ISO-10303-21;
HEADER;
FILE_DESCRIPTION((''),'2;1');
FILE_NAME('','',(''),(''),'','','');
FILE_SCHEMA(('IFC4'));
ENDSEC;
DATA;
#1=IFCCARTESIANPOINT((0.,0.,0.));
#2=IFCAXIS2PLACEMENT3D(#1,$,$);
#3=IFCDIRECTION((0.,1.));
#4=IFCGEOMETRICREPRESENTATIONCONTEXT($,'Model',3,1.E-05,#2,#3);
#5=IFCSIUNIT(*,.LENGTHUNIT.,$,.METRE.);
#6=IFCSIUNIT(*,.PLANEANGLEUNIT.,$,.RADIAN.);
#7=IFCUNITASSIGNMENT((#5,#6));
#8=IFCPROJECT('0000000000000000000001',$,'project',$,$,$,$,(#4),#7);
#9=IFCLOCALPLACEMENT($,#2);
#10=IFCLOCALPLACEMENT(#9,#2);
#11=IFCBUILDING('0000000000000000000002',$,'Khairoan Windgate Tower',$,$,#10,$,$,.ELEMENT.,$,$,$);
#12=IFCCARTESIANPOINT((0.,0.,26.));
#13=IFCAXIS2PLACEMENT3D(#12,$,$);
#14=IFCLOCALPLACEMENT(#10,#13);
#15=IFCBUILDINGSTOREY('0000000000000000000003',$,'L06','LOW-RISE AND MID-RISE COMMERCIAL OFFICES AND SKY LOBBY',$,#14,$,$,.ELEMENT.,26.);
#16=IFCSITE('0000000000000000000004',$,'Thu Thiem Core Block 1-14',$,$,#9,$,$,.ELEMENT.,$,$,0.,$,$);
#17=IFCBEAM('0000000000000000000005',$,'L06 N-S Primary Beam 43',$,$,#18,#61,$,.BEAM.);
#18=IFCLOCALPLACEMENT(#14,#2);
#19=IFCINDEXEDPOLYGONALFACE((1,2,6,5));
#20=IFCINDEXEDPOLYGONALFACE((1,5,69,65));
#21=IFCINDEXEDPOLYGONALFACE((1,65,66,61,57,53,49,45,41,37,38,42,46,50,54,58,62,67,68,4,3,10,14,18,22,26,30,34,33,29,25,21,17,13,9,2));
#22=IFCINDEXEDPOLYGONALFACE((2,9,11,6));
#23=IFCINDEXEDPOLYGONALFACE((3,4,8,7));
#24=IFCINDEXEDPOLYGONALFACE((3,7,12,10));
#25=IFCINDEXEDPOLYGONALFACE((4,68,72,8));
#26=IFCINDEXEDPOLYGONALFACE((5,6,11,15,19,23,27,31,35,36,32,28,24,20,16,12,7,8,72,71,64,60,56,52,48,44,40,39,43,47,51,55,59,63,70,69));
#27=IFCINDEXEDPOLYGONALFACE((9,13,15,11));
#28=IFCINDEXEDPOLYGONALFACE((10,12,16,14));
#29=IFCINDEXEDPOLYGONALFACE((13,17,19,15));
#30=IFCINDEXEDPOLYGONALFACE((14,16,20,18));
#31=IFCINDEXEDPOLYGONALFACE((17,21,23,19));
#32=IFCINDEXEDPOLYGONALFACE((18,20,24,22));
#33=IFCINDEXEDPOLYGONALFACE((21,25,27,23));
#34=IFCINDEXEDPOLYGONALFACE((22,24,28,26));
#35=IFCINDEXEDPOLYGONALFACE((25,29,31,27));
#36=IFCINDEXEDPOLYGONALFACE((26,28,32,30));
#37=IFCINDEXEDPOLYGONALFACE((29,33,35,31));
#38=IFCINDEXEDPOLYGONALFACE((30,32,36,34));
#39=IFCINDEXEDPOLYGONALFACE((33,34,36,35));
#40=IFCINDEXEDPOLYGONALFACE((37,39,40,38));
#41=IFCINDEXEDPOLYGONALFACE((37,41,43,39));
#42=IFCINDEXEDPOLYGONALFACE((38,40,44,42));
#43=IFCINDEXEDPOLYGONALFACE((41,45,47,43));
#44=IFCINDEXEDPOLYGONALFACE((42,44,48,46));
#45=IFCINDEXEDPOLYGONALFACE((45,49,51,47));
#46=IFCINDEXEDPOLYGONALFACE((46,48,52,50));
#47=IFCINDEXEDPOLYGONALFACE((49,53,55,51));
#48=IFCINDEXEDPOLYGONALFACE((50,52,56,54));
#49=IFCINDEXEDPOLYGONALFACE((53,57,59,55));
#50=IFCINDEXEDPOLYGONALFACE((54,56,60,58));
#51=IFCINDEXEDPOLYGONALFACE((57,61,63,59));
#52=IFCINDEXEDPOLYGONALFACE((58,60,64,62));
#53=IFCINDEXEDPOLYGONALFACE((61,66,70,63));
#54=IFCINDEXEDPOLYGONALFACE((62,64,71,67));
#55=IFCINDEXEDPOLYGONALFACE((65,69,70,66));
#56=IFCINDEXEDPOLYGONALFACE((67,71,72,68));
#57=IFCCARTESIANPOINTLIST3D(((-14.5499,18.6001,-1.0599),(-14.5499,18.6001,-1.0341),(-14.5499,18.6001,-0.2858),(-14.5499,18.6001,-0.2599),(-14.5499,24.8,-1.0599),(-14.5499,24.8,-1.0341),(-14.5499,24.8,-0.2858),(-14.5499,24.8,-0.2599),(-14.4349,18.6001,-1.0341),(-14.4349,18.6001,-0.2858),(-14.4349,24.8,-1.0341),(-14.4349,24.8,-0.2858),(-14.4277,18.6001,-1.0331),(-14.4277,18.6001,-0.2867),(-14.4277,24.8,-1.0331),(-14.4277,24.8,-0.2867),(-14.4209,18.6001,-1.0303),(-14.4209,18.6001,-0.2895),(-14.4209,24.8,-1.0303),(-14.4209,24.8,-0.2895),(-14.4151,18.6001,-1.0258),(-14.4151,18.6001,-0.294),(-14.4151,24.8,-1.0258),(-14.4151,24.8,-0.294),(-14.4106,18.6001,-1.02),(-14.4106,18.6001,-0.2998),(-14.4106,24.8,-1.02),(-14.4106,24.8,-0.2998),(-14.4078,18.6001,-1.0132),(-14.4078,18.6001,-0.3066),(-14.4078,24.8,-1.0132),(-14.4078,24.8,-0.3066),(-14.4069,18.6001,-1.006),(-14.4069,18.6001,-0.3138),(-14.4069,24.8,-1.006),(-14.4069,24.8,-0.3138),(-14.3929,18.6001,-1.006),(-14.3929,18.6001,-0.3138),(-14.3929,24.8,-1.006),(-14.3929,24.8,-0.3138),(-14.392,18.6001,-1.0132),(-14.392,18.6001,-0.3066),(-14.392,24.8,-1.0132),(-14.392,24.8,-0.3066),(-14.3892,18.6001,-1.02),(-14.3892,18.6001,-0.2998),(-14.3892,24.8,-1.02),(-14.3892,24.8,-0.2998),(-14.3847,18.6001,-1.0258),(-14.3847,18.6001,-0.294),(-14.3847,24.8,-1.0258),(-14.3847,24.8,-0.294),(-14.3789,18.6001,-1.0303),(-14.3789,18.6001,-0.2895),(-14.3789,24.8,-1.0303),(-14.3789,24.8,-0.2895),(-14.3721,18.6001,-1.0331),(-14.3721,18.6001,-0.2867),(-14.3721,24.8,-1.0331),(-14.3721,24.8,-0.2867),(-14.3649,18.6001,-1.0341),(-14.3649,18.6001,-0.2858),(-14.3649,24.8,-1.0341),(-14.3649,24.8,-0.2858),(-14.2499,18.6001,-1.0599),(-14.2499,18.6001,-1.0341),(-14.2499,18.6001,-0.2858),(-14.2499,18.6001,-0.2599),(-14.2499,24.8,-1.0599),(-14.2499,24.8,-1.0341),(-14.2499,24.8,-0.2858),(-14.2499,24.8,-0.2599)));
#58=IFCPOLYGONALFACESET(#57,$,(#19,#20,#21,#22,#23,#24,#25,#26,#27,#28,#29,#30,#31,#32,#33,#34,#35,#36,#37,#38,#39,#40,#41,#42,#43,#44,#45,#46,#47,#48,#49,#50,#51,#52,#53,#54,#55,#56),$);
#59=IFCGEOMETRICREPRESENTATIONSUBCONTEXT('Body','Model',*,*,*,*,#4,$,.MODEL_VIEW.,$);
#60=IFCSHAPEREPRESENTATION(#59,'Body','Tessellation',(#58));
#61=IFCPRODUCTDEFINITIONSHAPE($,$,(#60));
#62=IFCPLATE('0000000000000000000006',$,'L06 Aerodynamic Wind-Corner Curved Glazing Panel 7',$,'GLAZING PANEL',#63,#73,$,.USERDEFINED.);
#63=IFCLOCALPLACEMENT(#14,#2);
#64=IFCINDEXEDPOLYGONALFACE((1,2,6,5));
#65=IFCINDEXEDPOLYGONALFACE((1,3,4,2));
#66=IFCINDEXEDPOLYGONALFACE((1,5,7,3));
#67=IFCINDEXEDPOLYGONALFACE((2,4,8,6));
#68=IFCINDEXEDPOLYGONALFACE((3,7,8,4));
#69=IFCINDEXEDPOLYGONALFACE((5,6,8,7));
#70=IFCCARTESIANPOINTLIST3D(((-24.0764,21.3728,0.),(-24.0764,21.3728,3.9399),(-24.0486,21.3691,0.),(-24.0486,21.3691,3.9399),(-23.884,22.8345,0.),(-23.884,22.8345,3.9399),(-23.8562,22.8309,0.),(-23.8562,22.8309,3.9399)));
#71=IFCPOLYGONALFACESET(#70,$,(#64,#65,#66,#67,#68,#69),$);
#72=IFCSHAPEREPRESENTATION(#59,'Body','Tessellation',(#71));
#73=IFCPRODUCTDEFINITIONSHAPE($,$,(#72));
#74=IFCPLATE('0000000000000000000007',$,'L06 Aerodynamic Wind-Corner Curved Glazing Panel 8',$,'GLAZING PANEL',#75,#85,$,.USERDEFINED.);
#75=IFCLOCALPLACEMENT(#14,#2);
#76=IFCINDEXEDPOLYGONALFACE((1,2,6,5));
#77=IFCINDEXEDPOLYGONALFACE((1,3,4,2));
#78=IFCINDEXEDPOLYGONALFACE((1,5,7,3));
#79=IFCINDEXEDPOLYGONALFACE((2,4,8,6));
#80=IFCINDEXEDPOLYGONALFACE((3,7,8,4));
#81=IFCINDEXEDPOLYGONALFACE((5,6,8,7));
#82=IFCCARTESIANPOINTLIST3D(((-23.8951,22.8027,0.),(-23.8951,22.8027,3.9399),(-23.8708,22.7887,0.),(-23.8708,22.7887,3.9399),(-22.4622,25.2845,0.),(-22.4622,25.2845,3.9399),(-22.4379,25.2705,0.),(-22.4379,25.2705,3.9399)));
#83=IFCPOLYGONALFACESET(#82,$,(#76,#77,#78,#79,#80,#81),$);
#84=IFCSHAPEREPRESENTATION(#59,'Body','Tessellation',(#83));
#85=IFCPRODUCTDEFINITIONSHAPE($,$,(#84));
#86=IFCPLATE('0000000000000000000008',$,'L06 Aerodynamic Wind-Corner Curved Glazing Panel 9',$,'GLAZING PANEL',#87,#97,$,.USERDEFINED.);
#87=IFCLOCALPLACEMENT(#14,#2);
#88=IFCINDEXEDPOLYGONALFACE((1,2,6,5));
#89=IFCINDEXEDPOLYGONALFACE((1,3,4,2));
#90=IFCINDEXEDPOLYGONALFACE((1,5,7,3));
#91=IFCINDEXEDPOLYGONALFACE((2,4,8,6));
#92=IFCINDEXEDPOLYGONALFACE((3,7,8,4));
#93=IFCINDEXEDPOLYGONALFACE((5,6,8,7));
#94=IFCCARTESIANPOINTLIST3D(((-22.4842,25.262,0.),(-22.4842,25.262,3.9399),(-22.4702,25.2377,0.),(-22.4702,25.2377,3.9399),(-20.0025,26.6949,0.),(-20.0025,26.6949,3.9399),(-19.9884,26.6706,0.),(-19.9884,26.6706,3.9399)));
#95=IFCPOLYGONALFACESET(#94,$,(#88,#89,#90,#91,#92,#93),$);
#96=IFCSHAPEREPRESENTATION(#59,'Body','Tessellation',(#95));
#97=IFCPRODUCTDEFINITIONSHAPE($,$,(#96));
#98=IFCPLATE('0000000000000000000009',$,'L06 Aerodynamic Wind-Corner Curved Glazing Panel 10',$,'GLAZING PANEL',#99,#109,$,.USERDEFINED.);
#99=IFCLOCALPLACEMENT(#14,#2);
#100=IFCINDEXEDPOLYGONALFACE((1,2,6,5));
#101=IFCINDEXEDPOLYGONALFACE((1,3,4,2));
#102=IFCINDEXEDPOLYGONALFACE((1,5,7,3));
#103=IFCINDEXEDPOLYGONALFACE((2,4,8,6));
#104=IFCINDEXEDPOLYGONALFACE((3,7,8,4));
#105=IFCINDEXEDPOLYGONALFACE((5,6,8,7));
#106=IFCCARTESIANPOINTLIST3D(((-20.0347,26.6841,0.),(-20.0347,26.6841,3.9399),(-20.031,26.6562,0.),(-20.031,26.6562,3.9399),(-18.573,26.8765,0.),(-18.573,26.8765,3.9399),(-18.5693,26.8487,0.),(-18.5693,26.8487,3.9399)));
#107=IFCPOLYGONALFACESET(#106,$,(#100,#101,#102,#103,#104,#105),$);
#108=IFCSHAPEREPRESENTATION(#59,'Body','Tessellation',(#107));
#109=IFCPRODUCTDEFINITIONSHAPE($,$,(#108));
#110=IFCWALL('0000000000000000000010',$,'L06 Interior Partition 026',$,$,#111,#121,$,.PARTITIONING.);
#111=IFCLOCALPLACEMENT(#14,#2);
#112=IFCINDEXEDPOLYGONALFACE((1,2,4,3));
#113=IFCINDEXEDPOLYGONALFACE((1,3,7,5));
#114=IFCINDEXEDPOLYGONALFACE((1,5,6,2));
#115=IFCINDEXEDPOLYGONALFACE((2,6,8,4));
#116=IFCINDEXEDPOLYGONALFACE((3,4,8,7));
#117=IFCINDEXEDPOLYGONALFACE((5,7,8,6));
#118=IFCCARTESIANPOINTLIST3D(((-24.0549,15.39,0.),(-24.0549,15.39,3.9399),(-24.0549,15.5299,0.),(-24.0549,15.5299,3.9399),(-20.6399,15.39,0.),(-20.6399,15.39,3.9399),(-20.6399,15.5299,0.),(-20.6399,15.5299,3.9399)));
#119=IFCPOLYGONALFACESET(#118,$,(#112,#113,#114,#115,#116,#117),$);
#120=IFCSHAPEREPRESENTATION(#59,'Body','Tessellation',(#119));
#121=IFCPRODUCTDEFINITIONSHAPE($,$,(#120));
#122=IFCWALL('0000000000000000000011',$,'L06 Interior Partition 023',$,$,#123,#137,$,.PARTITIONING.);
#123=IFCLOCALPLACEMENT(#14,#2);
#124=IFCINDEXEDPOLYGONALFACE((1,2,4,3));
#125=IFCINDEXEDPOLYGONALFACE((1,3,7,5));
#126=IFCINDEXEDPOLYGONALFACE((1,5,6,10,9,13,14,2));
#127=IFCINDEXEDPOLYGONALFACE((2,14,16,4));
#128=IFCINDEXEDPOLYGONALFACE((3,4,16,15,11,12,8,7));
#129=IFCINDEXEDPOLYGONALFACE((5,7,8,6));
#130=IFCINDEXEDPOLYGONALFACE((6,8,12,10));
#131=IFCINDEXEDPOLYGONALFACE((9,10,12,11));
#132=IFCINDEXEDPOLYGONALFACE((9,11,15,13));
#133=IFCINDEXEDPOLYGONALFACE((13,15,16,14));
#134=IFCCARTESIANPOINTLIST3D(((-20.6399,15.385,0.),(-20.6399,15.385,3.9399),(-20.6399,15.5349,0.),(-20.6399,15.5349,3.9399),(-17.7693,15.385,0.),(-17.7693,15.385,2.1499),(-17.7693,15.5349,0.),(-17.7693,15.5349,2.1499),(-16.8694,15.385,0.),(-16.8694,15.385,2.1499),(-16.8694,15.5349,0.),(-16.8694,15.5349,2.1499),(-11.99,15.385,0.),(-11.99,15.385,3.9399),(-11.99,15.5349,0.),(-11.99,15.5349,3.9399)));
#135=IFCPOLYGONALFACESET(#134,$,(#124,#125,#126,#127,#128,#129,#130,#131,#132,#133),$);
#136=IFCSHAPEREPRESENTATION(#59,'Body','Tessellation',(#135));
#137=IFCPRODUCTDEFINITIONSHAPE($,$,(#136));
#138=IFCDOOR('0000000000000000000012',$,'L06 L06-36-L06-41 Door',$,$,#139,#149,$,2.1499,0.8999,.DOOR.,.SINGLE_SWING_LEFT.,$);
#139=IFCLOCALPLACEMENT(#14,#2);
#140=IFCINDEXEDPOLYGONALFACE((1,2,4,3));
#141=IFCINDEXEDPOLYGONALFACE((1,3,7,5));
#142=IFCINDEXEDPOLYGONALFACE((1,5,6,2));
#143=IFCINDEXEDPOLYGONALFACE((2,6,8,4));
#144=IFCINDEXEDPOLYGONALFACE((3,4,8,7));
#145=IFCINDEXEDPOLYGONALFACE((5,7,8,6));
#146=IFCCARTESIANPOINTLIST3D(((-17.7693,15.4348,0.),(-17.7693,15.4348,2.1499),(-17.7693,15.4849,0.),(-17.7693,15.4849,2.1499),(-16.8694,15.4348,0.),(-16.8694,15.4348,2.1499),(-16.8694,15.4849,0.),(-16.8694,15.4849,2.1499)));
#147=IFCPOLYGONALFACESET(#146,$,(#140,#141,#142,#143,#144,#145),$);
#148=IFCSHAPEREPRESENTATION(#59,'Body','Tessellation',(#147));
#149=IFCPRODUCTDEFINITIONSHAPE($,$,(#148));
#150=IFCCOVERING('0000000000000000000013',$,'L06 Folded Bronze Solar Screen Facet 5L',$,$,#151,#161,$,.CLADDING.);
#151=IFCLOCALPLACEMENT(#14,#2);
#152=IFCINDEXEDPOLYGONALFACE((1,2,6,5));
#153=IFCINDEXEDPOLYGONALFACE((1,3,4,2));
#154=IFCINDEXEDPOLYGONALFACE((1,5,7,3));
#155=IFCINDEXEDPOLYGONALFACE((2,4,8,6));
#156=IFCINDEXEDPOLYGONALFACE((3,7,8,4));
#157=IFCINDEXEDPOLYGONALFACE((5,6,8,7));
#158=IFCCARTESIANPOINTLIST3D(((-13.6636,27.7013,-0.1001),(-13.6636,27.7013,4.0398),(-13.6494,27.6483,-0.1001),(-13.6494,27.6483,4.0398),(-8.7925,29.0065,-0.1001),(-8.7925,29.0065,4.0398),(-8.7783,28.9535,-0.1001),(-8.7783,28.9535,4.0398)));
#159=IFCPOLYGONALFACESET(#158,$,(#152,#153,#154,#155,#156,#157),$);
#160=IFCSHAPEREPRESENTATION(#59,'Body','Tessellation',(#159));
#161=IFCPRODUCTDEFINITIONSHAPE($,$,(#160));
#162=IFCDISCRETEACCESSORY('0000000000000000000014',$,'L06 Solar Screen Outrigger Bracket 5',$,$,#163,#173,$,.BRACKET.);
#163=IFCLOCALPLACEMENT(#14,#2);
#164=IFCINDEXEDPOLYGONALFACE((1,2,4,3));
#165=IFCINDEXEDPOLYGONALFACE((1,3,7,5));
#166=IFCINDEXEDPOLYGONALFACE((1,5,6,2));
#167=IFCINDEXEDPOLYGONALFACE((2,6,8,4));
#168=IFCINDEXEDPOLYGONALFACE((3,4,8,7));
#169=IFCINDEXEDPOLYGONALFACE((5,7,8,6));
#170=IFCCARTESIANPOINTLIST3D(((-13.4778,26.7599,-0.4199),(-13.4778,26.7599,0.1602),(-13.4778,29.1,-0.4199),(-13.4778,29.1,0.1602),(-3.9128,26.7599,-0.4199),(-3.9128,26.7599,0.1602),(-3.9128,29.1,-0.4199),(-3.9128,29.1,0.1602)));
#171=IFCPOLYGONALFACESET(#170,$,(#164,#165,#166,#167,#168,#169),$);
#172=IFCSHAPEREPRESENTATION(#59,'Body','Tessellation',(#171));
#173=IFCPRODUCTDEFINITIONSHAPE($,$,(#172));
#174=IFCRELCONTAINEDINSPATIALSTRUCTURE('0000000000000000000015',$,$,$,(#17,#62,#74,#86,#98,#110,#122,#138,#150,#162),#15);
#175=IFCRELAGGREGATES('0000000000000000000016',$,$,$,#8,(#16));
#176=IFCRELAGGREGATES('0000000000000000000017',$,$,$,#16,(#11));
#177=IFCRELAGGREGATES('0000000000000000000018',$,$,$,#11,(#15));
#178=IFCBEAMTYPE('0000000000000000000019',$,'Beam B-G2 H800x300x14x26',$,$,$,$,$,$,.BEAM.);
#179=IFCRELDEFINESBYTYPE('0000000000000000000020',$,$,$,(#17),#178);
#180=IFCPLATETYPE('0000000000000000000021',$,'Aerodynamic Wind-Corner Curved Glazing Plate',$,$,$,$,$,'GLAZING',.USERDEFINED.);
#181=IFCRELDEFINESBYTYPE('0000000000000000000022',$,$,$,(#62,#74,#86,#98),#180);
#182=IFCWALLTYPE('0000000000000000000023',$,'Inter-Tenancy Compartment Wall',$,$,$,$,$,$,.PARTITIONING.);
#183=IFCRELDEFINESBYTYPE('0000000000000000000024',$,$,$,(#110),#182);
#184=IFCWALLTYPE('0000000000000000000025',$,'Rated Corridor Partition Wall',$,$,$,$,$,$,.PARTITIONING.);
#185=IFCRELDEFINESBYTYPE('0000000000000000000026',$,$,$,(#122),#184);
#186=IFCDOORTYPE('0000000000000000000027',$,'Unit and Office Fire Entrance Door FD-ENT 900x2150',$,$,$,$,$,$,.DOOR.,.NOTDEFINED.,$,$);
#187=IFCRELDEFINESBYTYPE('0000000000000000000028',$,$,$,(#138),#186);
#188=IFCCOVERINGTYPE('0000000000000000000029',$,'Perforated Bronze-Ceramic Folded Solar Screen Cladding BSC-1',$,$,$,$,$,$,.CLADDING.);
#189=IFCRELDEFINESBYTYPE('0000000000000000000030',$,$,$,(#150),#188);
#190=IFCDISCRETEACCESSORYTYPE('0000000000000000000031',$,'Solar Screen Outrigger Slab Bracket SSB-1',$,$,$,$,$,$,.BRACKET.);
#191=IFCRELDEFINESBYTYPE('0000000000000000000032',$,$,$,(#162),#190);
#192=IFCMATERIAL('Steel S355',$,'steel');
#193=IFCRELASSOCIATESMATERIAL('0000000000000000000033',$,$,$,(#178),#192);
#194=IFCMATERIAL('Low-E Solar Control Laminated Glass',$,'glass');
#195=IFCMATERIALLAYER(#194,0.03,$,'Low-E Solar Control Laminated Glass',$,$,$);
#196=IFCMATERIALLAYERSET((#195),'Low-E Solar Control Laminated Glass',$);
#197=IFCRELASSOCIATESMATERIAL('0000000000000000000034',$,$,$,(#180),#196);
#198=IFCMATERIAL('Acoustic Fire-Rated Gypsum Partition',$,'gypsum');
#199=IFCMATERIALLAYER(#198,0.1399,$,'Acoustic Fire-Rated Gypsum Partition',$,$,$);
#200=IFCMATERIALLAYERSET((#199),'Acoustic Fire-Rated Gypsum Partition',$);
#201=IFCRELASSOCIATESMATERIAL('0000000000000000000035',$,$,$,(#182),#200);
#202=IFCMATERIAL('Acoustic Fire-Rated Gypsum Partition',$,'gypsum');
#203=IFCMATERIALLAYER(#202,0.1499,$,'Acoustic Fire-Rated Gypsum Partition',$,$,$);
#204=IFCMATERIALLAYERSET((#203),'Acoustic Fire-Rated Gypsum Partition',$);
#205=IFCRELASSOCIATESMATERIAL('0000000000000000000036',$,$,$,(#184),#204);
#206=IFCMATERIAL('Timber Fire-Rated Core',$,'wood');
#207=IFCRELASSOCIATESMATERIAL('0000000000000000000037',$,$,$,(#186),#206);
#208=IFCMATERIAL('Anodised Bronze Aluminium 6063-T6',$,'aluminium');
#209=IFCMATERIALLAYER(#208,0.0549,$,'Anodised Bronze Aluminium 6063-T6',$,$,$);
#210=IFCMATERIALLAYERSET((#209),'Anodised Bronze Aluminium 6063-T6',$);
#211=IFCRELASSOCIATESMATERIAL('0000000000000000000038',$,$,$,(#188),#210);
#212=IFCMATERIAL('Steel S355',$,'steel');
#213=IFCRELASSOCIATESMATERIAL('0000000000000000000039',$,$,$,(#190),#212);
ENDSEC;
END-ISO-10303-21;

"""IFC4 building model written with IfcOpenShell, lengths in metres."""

from ifc_helpers import new_model, si_unit, direction, frame, frame_2d, origin, origin_2d, place, context, subcontext, project, spatial, rectangle, i_section, extrude, material, layer, layer_set, material_profile, profile_set, type_object, element, fill, save


model = new_model("IFC4")

# Units and contexts
model_context = context("Model", 3, precision=1e-05, world=origin(), true_north=direction((0.0, 1.0)))
body_context = subcontext(model_context, "Body", "Model", "MODEL_VIEW")
ifc_project = project(units=[si_unit("LENGTHUNIT", "METRE"), si_unit("PLANEANGLEUNIT", "RADIAN")], contexts=[model_context])

# Site, building, storey
site_placement = place(None, origin())
site = spatial("IfcSite", under=ifc_project, at=site_placement, Name="Thu Thiem Core Block 1-14", CompositionType="ELEMENT", RefElevation=0.0)
building_placement = place(site_placement, origin())
building = spatial("IfcBuilding", under=site, at=building_placement, Name="Khairoan Windgate Tower", CompositionType="ELEMENT")
storey_placement = place(building_placement, frame((0.0, 0.0, 26.0)))
storey = spatial("IfcBuildingStorey", under=building, at=storey_placement, Name="L06", Description="LOW-RISE AND MID-RISE COMMERCIAL OFFICES AND SKY LOBBY", CompositionType="ELEMENT", Elevation=26.0)

# Beam
ifc_material_1 = material(Name="Steel S355", Category="steel")
ifc_material_profile_1 = material_profile(ifc_material_1, i_section(OverallWidth=0.3, OverallDepth=0.8, WebThickness=0.0139, FlangeThickness=0.0259, FilletRadius=0.0281, at=origin_2d()))
ifc_profile_set_1 = profile_set([ifc_material_profile_1], Name="Steel S355")
beam_type = type_object("IfcBeamType", Name="Beam B-G2 H800x300x14x26", PredefinedType="BEAM", material=ifc_profile_set_1)
beam_1_placement = place(storey_placement, frame((-14.3999, 18.6001, -0.6599), z_axis=(0.0, 1.0, 0.0), x_axis=(-1.0, 0.0, 0.0)))
element("IfcBeam", 1, at=beam_1_placement, inside=storey, type_object=beam_type, Name="L06 N-S Primary Beam 43", PredefinedType="BEAM", context=body_context, shape_type="SweptSolid", body=[
    extrude(i_section(OverallWidth=0.3, OverallDepth=0.8, WebThickness=0.0139, FlangeThickness=0.0259, FilletRadius=0.0281, at=origin_2d()), origin(), (0.0, 0.0, 1.0), 6.2),
])

# Plates
ifc_material_2 = material(Name="Low-E Solar Control Laminated Glass", Category="glass")
ifc_layer_1 = layer(ifc_material_2, 0.03, Name="Low-E Solar Control Laminated Glass")
ifc_layer_set_1 = layer_set([ifc_layer_1], Name="Low-E Solar Control Laminated Glass")
plate_type_1 = type_object("IfcPlateType", Name="Aerodynamic Wind-Corner Curved Glazing Plate", ElementType="GLAZING", PredefinedType="USERDEFINED", material=ifc_layer_set_1)
plate_1_placement = place(storey_placement, frame((-23.9663, 22.1018, 0.0), z_axis=(0.0, 0.0, 1.0), x_axis=(0.130526, 0.991445, 0.0)))
element("IfcPlate", 2, at=plate_1_placement, inside=storey, type_object=plate_type_1, Name="L06 Aerodynamic Wind-Corner Curved Glazing Panel 7", ObjectType="GLAZING PANEL", PredefinedType="USERDEFINED", context=body_context, shape_type="SweptSolid", body=[
    extrude(rectangle(XDim=1.4744, YDim=0.0281, at=origin_2d()), origin(), (0.0, 0.0, 1.0), 3.9399),
])
for number, where, z_axis, x_axis, name in (
    (3, (-23.1665, 24.0366, 0.0), (0.0, 0.0, 1.0), (0.5, 0.866025, 0.0), "L06 Aerodynamic Wind-Corner Curved Glazing Panel 8"),
    (4, (-21.2363, 25.9663, 0.0), (0.0, 0.0, 1.0), (0.866025, 0.5, 0.0), "L06 Aerodynamic Wind-Corner Curved Glazing Panel 9"),
):
    element("IfcPlate", number, at=place(storey_placement, frame(where, z_axis=z_axis, x_axis=x_axis)), inside=storey, type_object=plate_type_1, Name=name, ObjectType="GLAZING PANEL", PredefinedType="USERDEFINED", context=body_context, shape_type="SweptSolid", body=[
        extrude(rectangle(XDim=2.8657, YDim=0.0281, at=origin_2d()), origin(), (0.0, 0.0, 1.0), 3.9399),
    ])
plate_2_placement = place(storey_placement, frame((-19.302, 26.7664, 0.0), z_axis=(0.0, 0.0, 1.0), x_axis=(0.991445, 0.130526, 0.0)))
element("IfcPlate", 5, at=plate_2_placement, inside=storey, type_object=plate_type_1, Name="L06 Aerodynamic Wind-Corner Curved Glazing Panel 10", ObjectType="GLAZING PANEL", PredefinedType="USERDEFINED", context=body_context, shape_type="SweptSolid", body=[
    extrude(rectangle(XDim=1.4744, YDim=0.0281, at=origin_2d()), origin(), (0.0, 0.0, 1.0), 3.9399),
])

# Wall
ifc_material_3 = material(Name="Acoustic Fire-Rated Gypsum Partition", Category="gypsum")
ifc_layer_2 = layer(ifc_material_3, 0.1399, Name="Acoustic Fire-Rated Gypsum Partition")
ifc_layer_set_2 = layer_set([ifc_layer_2], Name="Acoustic Fire-Rated Gypsum Partition")
wall_type_1 = type_object("IfcWallType", Name="Inter-Tenancy Compartment Wall", PredefinedType="PARTITIONING", material=ifc_layer_set_2)
wall_1_placement = place(storey_placement, frame((-24.0549, 15.46, 0.0), z_axis=(0.0, 0.0, 1.0), x_axis=(1.0, 0.0, 0.0)))
element("IfcWall", 6, at=wall_1_placement, inside=storey, type_object=wall_type_1, Name="L06 Interior Partition 026", PredefinedType="PARTITIONING", context=body_context, shape_type="SweptSolid", body=[
    extrude(rectangle(XDim=3.415, YDim=0.1399, at=frame_2d((1.7075, 0.0))), origin(), (0.0, 0.0, 1.0), 3.9399),
])

# Wall, opening, door
ifc_material_4 = material(Name="Acoustic Fire-Rated Gypsum Partition", Category="gypsum")
ifc_layer_3 = layer(ifc_material_4, 0.1499, Name="Acoustic Fire-Rated Gypsum Partition")
ifc_layer_set_3 = layer_set([ifc_layer_3], Name="Acoustic Fire-Rated Gypsum Partition")
wall_type_2 = type_object("IfcWallType", Name="Rated Corridor Partition Wall", PredefinedType="PARTITIONING", material=ifc_layer_set_3)
ifc_material_5 = material(Name="Timber Fire-Rated Core", Category="wood")
door_type = type_object("IfcDoorType", Name="Unit and Office Fire Entrance Door FD-ENT 900x2150", OperationType="NOTDEFINED", PredefinedType="DOOR", material=ifc_material_5)
wall_2_placement = place(storey_placement, frame((-20.6399, 15.46, 0.0), z_axis=(0.0, 0.0, 1.0), x_axis=(1.0, 0.0, 0.0)))
wall_2 = element("IfcWall", 7, at=wall_2_placement, inside=storey, type_object=wall_type_2, Name="L06 Interior Partition 023", PredefinedType="PARTITIONING", context=body_context, shape_type="SweptSolid", body=[
    extrude(rectangle(XDim=8.6499, YDim=0.1499, at=frame_2d((4.325, 0.0))), origin(), (0.0, 0.0, 1.0), 3.9399),
])
opening_1_placement = place(wall_2_placement, frame((2.8706, 0.0, 0.0)))
opening_1 = element("IfcOpeningElement", 8, at=opening_1_placement, cuts=wall_2, PredefinedType="OPENING", context=body_context, shape_type="SweptSolid", body=[
    extrude(rectangle(XDim=0.8999, YDim=2.1499, at=frame_2d((0.45, 1.075))), frame((0.0, 0.085, 0.0), z_axis=(0.0, -1.0, 0.0), x_axis=(1.0, 0.0, 0.0)), (0.0, 0.0, 1.0), 0.1699),
])
door_1_placement = place(opening_1_placement, origin())
door_1 = element("IfcDoor", 9, at=door_1_placement, inside=storey, type_object=door_type, Name="L06 L06-36-L06-41 Door", OperationType="SINGLE_SWING_LEFT", OverallHeight=2.1499, OverallWidth=0.8999, PredefinedType="DOOR", context=body_context, shape_type="SweptSolid", body=[
    extrude(rectangle(XDim=0.8999, YDim=2.1499, at=frame_2d((0.45, 1.075))), frame((0.0, 0.0249, 0.0), z_axis=(0.0, -1.0, 0.0), x_axis=(1.0, 0.0, 0.0)), (0.0, 0.0, 1.0), 0.05),
])
fill(opening_1, door_1)

# Covering
ifc_material_6 = material(Name="Anodised Bronze Aluminium 6063-T6", Category="aluminium")
ifc_layer_4 = layer(ifc_material_6, 0.0549, Name="Anodised Bronze Aluminium 6063-T6")
ifc_layer_set_4 = layer_set([ifc_layer_4], Name="Anodised Bronze Aluminium 6063-T6")
covering_type = type_object("IfcCoveringType", Name="Perforated Bronze-Ceramic Folded Solar Screen Cladding BSC-1", PredefinedType="CLADDING", material=ifc_layer_set_4)
covering_placement = place(storey_placement, frame((-11.2209, 28.3274, -0.1001), z_axis=(0.0, 0.0, 1.0), x_axis=(0.965926, 0.258819, 0.0)))
element("IfcCovering", 10, at=covering_placement, inside=storey, type_object=covering_type, Name="L06 Folded Bronze Solar Screen Facet 5L", PredefinedType="CLADDING", context=body_context, shape_type="SweptSolid", body=[
    extrude(rectangle(XDim=5.043, YDim=0.0549, at=origin_2d()), origin(), (0.0, 0.0, 1.0), 4.1399),
])

# Discrete accessory
ifc_material_7 = material(Name="Steel S355", Category="steel")
discrete_accessory_type = type_object("IfcDiscreteAccessoryType", Name="Solar Screen Outrigger Slab Bracket SSB-1", PredefinedType="BRACKET", material=ifc_material_7)
discrete_accessory_placement = place(storey_placement, frame((-8.6953, 27.9299, -0.4199), z_axis=(0.0, 0.0, 1.0), x_axis=(1.0, 0.0, 0.0)))
element("IfcDiscreteAccessory", 11, at=discrete_accessory_placement, inside=storey, type_object=discrete_accessory_type, Name="L06 Solar Screen Outrigger Bracket 5", PredefinedType="BRACKET", context=body_context, shape_type="SweptSolid", body=[
    extrude(rectangle(XDim=9.5649, YDim=2.3401, at=origin_2d()), origin(), (0.0, 0.0, 1.0), 0.5801),
])

save(model, "model.ifc")
